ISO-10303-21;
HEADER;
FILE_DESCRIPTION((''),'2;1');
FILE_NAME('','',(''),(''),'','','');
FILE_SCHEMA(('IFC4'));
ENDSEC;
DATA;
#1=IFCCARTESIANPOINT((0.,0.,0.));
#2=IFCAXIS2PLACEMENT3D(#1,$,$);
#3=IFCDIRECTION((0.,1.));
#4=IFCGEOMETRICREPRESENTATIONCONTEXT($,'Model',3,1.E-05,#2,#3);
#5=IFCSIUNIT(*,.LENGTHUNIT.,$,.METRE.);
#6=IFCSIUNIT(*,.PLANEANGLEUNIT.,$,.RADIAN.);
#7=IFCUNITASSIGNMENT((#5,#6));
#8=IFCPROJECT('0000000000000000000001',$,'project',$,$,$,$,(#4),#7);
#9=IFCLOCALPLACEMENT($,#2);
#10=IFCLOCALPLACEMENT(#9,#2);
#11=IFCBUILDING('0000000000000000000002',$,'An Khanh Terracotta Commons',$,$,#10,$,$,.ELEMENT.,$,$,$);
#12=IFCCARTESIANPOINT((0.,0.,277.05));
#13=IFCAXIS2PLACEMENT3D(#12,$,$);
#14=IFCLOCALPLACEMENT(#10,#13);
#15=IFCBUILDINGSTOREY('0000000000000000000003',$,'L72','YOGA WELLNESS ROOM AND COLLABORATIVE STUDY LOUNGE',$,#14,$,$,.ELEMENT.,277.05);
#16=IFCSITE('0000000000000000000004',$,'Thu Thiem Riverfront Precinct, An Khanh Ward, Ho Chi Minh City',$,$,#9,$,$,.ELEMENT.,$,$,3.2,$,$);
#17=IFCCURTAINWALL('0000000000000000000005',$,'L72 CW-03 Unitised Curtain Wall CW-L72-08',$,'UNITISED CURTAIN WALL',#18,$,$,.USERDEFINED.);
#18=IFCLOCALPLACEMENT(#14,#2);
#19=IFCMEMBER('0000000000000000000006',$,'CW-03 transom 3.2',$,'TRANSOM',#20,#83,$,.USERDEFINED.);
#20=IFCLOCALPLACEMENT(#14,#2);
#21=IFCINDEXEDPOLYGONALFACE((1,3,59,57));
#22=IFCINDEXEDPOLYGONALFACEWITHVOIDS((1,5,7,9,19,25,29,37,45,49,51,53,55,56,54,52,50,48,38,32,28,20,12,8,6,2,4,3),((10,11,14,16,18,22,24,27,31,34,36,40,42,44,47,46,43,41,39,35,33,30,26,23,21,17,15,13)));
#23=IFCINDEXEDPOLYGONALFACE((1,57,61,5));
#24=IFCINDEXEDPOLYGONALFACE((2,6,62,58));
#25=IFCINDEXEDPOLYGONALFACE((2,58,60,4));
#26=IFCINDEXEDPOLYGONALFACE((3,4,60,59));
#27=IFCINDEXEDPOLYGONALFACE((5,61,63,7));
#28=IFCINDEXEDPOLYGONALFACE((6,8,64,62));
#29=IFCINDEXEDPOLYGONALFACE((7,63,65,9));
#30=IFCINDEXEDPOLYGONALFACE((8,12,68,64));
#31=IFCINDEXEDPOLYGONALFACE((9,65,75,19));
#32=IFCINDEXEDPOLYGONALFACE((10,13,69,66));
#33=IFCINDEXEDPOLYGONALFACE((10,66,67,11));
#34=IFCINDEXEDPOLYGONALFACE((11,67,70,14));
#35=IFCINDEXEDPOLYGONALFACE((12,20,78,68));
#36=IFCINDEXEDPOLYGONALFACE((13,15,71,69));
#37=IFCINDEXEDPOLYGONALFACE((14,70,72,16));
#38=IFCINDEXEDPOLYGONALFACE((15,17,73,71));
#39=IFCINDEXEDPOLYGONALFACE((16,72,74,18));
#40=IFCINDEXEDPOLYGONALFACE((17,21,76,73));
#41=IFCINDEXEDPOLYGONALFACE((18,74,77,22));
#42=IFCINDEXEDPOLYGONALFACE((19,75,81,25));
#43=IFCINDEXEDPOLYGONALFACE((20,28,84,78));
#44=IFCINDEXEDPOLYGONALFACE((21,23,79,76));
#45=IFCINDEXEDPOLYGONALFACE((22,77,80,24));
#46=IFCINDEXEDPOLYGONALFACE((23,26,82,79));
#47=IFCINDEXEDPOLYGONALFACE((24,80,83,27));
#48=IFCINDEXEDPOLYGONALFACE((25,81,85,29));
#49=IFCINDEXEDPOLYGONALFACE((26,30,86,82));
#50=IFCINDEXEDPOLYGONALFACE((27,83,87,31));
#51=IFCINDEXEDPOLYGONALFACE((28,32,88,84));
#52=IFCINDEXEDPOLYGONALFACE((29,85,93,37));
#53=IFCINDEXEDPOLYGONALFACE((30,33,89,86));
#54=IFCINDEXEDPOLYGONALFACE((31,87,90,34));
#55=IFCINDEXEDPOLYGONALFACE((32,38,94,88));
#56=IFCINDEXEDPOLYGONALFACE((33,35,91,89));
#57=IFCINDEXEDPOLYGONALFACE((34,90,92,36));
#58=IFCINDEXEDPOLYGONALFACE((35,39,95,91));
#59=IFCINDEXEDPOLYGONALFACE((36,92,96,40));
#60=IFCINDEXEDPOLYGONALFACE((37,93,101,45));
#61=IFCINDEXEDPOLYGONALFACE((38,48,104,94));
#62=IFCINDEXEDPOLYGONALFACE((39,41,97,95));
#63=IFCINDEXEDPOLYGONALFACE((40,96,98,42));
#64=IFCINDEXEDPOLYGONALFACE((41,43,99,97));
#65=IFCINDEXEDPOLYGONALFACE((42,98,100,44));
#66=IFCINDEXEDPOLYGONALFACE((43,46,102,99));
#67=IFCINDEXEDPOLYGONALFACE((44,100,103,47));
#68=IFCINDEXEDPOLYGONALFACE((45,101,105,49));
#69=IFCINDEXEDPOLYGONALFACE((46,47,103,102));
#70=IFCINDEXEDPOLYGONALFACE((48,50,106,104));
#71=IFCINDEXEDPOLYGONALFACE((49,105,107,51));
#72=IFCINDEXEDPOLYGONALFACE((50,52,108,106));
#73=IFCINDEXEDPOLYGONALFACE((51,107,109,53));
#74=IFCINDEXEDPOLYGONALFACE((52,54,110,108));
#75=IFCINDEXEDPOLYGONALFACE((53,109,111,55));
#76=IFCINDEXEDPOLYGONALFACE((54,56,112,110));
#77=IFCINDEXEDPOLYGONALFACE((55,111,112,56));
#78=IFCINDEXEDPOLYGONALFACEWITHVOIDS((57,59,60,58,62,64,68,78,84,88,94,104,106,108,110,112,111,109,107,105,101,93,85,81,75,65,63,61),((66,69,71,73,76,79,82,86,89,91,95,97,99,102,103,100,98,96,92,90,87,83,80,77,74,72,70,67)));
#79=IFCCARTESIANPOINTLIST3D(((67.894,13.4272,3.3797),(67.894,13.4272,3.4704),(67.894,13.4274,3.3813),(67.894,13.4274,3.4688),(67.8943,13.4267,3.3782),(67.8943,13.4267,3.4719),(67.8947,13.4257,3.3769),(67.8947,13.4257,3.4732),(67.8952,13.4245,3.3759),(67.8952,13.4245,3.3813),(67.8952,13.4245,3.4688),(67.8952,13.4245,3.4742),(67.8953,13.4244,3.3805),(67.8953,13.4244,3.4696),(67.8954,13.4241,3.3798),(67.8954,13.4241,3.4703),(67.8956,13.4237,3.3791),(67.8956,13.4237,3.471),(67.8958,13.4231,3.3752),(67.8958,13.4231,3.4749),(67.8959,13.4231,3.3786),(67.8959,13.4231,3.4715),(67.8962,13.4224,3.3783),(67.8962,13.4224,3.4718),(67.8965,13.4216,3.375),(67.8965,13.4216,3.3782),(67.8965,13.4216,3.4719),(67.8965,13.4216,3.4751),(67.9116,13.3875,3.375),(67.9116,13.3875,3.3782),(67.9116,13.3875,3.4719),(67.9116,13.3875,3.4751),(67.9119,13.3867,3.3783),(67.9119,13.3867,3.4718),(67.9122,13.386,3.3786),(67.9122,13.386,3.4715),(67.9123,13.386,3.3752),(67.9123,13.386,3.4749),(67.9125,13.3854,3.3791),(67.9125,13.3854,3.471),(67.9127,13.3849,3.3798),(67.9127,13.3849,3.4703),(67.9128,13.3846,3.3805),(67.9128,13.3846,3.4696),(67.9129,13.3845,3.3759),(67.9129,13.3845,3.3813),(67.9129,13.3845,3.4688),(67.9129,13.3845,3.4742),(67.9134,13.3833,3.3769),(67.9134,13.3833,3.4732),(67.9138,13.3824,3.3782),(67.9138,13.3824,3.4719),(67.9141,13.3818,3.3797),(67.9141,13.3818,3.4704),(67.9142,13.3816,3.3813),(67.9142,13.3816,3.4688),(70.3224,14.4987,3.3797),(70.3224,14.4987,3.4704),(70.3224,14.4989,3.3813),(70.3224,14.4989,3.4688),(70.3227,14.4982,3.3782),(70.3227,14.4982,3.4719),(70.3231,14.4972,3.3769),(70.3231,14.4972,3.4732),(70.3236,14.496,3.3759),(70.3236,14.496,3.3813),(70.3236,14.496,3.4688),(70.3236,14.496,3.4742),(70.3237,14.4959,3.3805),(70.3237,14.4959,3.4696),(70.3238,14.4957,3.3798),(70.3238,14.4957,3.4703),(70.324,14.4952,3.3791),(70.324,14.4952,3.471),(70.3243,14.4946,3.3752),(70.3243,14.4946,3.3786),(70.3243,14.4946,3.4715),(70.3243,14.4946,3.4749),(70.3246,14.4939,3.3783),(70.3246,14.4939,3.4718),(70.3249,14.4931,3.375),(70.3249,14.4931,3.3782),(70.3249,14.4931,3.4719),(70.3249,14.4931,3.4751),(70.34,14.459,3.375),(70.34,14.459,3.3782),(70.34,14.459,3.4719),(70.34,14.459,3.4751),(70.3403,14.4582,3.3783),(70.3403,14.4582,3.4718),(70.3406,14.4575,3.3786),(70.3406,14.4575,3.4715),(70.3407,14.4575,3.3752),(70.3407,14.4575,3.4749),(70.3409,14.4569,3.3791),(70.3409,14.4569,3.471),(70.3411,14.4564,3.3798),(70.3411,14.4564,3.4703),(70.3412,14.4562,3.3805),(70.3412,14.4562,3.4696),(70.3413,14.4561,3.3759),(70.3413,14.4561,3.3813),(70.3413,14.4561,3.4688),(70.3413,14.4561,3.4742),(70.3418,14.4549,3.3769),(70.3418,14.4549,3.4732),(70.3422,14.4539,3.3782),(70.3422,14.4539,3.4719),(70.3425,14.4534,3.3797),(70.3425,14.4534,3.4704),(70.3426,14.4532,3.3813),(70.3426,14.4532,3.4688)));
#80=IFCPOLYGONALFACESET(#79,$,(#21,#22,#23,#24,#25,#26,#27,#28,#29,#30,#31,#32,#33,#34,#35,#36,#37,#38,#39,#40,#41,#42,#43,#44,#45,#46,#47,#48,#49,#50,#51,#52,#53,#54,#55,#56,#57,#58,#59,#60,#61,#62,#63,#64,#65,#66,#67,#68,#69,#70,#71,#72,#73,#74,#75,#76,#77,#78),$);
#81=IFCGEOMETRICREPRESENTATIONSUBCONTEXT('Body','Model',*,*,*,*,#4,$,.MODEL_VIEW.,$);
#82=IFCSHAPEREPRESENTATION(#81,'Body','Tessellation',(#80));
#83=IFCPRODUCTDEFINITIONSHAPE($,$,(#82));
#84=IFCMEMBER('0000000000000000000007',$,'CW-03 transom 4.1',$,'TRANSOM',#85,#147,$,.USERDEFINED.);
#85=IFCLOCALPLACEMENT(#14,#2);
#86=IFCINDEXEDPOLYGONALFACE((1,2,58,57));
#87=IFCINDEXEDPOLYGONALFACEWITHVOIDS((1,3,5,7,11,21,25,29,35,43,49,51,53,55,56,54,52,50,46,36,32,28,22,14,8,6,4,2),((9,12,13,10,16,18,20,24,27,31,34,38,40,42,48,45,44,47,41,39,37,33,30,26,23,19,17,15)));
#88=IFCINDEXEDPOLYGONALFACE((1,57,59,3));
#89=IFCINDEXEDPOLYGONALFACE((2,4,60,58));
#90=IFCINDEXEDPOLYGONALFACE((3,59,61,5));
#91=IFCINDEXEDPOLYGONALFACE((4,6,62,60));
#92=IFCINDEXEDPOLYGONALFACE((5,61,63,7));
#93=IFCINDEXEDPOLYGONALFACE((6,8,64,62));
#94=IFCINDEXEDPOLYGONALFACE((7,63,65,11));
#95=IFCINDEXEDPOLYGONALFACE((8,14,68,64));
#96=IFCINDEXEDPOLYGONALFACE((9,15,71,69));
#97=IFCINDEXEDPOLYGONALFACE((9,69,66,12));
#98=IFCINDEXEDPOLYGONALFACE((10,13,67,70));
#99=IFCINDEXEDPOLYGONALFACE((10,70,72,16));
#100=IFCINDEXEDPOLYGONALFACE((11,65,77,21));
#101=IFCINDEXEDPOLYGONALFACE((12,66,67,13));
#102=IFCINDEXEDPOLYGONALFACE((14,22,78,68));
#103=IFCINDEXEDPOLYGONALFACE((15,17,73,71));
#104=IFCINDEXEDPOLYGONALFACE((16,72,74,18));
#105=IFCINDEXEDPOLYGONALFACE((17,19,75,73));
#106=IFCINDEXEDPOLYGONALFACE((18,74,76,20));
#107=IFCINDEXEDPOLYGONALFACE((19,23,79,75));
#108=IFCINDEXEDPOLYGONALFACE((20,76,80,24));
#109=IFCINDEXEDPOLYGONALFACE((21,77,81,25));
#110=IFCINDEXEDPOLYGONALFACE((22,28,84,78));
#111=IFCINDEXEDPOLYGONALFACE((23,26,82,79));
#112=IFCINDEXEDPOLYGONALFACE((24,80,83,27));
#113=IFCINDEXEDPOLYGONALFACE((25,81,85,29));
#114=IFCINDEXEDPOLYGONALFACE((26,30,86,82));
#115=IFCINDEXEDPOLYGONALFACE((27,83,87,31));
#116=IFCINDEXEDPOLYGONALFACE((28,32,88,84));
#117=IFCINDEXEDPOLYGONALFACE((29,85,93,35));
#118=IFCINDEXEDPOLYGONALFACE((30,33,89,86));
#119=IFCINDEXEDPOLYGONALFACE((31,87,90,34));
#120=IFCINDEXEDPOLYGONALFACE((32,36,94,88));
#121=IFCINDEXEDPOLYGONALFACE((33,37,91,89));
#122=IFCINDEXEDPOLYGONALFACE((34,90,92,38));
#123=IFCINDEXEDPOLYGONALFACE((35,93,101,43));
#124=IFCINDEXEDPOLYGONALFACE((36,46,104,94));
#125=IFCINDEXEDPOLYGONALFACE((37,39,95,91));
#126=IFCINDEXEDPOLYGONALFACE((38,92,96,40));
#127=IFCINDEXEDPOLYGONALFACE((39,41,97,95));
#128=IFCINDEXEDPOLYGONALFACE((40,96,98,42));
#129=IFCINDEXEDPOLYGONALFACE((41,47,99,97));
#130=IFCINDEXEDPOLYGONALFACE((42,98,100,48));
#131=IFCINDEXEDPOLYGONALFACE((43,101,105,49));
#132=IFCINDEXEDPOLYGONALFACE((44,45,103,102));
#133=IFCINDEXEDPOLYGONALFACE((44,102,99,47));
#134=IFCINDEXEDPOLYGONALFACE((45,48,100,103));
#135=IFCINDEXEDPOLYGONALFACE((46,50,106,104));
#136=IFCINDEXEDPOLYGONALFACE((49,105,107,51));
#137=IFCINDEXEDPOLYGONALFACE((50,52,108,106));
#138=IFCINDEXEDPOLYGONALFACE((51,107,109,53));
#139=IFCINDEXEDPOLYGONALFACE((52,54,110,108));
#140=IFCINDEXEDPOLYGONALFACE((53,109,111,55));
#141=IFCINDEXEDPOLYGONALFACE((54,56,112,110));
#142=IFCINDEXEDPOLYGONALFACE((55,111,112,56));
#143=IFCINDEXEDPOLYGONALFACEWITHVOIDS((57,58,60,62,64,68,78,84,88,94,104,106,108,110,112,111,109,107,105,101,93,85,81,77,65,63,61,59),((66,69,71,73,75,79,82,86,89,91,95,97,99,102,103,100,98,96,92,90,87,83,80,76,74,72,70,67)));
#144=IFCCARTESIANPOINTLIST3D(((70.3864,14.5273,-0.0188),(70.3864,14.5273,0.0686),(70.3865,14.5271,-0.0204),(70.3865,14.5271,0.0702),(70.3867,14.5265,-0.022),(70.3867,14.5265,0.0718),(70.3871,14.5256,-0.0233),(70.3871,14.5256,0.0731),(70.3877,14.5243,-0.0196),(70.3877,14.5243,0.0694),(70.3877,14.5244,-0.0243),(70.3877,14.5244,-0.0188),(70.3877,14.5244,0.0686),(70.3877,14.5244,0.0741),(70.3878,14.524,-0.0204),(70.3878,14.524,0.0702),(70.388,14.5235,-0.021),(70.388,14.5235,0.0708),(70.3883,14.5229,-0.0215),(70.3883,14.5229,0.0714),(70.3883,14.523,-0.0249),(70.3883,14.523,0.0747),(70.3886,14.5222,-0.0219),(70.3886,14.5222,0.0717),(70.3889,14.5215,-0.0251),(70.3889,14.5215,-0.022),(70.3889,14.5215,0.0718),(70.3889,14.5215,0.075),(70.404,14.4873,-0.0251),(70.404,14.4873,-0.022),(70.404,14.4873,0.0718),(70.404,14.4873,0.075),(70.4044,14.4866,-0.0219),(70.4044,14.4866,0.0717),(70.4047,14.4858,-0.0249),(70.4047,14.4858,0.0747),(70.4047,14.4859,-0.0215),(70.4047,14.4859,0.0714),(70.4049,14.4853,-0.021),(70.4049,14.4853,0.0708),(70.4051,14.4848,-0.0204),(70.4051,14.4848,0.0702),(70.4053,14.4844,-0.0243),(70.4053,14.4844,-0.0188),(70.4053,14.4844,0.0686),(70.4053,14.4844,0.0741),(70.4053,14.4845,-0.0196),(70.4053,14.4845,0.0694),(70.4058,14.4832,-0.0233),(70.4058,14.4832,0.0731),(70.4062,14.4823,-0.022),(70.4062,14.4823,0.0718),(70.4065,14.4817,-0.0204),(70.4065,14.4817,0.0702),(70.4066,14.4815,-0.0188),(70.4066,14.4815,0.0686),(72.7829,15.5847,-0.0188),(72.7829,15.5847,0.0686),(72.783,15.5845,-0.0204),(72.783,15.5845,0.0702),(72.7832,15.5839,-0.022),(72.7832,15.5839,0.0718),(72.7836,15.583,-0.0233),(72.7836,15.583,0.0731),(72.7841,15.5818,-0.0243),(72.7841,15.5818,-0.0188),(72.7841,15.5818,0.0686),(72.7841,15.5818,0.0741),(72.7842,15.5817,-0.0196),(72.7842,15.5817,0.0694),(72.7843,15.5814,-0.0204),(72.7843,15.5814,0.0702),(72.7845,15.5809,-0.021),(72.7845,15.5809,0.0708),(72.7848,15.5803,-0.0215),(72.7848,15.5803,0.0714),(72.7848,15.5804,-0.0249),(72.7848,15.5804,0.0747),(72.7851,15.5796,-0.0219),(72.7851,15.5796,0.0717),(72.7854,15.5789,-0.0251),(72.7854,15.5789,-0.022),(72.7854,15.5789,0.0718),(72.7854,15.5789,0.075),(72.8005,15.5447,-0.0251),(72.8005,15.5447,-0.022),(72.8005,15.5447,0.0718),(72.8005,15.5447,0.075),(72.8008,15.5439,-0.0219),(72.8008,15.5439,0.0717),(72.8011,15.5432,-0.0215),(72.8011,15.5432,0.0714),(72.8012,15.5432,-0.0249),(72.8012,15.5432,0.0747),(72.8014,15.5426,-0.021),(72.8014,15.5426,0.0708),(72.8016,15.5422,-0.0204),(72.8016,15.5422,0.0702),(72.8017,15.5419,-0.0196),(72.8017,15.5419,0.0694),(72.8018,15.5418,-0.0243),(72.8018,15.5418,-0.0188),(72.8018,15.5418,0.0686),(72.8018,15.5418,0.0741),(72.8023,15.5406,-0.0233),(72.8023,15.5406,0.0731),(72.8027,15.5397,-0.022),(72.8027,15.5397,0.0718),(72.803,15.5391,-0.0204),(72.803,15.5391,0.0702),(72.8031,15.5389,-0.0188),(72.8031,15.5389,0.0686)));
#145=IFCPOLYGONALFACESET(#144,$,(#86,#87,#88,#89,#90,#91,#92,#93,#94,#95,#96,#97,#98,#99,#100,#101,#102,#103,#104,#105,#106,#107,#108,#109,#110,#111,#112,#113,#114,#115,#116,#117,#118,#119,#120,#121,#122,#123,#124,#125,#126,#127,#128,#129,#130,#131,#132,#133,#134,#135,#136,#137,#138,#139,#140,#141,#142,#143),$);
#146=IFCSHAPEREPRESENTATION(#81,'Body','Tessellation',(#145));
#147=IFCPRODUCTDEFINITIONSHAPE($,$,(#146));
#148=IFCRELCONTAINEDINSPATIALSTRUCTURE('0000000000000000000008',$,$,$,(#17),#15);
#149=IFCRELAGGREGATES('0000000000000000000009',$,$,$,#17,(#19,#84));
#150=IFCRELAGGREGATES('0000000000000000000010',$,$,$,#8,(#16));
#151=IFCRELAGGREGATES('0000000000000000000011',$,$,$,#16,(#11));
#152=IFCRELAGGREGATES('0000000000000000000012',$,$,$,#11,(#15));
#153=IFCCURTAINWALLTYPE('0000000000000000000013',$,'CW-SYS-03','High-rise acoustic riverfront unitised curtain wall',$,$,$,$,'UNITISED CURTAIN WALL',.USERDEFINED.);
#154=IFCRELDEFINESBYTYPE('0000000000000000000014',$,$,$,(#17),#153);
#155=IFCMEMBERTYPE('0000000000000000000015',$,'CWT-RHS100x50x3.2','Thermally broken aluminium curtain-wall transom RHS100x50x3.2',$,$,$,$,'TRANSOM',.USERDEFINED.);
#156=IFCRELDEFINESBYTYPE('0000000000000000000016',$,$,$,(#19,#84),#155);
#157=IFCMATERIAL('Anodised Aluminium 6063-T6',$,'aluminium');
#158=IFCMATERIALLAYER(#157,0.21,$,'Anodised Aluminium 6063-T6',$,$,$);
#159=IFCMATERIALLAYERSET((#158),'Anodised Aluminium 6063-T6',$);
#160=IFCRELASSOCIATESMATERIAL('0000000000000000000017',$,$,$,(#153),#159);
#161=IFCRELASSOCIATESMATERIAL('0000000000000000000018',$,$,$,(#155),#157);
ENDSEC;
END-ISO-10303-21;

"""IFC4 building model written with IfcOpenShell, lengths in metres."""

from ifc_helpers import new_model, si_unit, direction, frame, origin, origin_2d, place, context, subcontext, project, spatial, hollow_rectangle, extrude, material, layer, layer_set, material_profile, profile_set, type_object, element, aggregate, save


model = new_model("IFC4")

# Units and contexts
model_context = context("Model", 3, precision=1e-05, world=origin(), true_north=direction((0.0, 1.0)))
body_context = subcontext(model_context, "Body", "Model", "MODEL_VIEW")
ifc_project = project(units=[si_unit("LENGTHUNIT", "METRE"), si_unit("PLANEANGLEUNIT", "RADIAN")], contexts=[model_context])

# Site, building, storey
site_placement = place(None, origin())
site = spatial("IfcSite", under=ifc_project, at=site_placement, Name="Thu Thiem Riverfront Precinct, An Khanh Ward, Ho Chi Minh City", CompositionType="ELEMENT", RefElevation=3.2)
building_placement = place(site_placement, origin())
building = spatial("IfcBuilding", under=site, at=building_placement, Name="An Khanh Terracotta Commons", CompositionType="ELEMENT")
storey_placement = place(building_placement, frame((0.0, 0.0, 277.05)))
storey = spatial("IfcBuildingStorey", under=building, at=storey_placement, Name="L72", Description="YOGA WELLNESS ROOM AND COLLABORATIVE STUDY LOUNGE", CompositionType="ELEMENT", Elevation=277.05)

# Shared definitions
ifc_material_1 = material(Name="Anodised Aluminium 6063-T6", Category="aluminium")

# Curtain wall, members
ifc_layer_1 = layer(ifc_material_1, 0.21, Name="Anodised Aluminium 6063-T6")
ifc_layer_set_1 = layer_set([ifc_layer_1], Name="Anodised Aluminium 6063-T6")
curtain_wall_type_1 = type_object("IfcCurtainWallType", Name="CW-SYS-03", Description="High-rise acoustic riverfront unitised curtain wall", ElementType="UNITISED CURTAIN WALL", PredefinedType="USERDEFINED", material=ifc_layer_set_1)
curtain_wall_1_placement = place(storey_placement, origin())
curtain_wall_1 = element("IfcCurtainWall", 1, at=curtain_wall_1_placement, inside=storey, type_object=curtain_wall_type_1, Name="L72 CW-03 Unitised Curtain Wall CW-L72-08", ObjectType="UNITISED CURTAIN WALL", PredefinedType="USERDEFINED")
ifc_material_profile_1 = material_profile(ifc_material_1, hollow_rectangle(XDim=0.05, YDim=0.1001, WallThickness=0.0032, InnerFilletRadius=0.0032, OuterFilletRadius=0.0063, at=origin_2d()), Name="RHS100x50x3.2")
ifc_profile_set_1 = profile_set([ifc_material_profile_1], Name="Anodised Aluminium 6063-T6")
member_type_1 = type_object("IfcMemberType", Name="CWT-RHS100x50x3.2", Description="Thermally broken aluminium curtain-wall transom RHS100x50x3.2", ElementType="TRANSOM", PredefinedType="USERDEFINED", material=ifc_profile_set_1)
member_1_placement = place(storey_placement, frame((67.9041, 13.4045, 3.425), z_axis=(0.914897, 0.403688, 0.0), x_axis=(-0.403688, 0.914897, 0.0)))
member_1 = element("IfcMember", 2, at=member_1_placement, type_object=member_type_1, Name="CW-03 transom 3.2", ObjectType="TRANSOM", PredefinedType="USERDEFINED", context=body_context, shape_type="SweptSolid", body=[
    extrude(hollow_rectangle(XDim=0.05, YDim=0.1001, WallThickness=0.0032, InnerFilletRadius=0.0032, OuterFilletRadius=0.0063, at=origin_2d()), origin(), (0.0, 0.0, 1.0), 2.6543),
])
member_2_placement = place(storey_placement, frame((70.3965, 14.5044, 0.0249), z_axis=(0.914904, 0.403672, 0.0), x_axis=(-0.403672, 0.914904, 0.0)))
member_2 = element("IfcMember", 3, at=member_2_placement, type_object=member_type_1, Name="CW-03 transom 4.1", ObjectType="TRANSOM", PredefinedType="USERDEFINED", context=body_context, shape_type="SweptSolid", body=[
    extrude(hollow_rectangle(XDim=0.05, YDim=0.1001, WallThickness=0.0032, InnerFilletRadius=0.0032, OuterFilletRadius=0.0063, at=origin_2d()), origin(), (0.0, 0.0, 1.0), 2.6194),
])

aggregate(curtain_wall_1, [member_1, member_2])

save(model, "model.ifc")
